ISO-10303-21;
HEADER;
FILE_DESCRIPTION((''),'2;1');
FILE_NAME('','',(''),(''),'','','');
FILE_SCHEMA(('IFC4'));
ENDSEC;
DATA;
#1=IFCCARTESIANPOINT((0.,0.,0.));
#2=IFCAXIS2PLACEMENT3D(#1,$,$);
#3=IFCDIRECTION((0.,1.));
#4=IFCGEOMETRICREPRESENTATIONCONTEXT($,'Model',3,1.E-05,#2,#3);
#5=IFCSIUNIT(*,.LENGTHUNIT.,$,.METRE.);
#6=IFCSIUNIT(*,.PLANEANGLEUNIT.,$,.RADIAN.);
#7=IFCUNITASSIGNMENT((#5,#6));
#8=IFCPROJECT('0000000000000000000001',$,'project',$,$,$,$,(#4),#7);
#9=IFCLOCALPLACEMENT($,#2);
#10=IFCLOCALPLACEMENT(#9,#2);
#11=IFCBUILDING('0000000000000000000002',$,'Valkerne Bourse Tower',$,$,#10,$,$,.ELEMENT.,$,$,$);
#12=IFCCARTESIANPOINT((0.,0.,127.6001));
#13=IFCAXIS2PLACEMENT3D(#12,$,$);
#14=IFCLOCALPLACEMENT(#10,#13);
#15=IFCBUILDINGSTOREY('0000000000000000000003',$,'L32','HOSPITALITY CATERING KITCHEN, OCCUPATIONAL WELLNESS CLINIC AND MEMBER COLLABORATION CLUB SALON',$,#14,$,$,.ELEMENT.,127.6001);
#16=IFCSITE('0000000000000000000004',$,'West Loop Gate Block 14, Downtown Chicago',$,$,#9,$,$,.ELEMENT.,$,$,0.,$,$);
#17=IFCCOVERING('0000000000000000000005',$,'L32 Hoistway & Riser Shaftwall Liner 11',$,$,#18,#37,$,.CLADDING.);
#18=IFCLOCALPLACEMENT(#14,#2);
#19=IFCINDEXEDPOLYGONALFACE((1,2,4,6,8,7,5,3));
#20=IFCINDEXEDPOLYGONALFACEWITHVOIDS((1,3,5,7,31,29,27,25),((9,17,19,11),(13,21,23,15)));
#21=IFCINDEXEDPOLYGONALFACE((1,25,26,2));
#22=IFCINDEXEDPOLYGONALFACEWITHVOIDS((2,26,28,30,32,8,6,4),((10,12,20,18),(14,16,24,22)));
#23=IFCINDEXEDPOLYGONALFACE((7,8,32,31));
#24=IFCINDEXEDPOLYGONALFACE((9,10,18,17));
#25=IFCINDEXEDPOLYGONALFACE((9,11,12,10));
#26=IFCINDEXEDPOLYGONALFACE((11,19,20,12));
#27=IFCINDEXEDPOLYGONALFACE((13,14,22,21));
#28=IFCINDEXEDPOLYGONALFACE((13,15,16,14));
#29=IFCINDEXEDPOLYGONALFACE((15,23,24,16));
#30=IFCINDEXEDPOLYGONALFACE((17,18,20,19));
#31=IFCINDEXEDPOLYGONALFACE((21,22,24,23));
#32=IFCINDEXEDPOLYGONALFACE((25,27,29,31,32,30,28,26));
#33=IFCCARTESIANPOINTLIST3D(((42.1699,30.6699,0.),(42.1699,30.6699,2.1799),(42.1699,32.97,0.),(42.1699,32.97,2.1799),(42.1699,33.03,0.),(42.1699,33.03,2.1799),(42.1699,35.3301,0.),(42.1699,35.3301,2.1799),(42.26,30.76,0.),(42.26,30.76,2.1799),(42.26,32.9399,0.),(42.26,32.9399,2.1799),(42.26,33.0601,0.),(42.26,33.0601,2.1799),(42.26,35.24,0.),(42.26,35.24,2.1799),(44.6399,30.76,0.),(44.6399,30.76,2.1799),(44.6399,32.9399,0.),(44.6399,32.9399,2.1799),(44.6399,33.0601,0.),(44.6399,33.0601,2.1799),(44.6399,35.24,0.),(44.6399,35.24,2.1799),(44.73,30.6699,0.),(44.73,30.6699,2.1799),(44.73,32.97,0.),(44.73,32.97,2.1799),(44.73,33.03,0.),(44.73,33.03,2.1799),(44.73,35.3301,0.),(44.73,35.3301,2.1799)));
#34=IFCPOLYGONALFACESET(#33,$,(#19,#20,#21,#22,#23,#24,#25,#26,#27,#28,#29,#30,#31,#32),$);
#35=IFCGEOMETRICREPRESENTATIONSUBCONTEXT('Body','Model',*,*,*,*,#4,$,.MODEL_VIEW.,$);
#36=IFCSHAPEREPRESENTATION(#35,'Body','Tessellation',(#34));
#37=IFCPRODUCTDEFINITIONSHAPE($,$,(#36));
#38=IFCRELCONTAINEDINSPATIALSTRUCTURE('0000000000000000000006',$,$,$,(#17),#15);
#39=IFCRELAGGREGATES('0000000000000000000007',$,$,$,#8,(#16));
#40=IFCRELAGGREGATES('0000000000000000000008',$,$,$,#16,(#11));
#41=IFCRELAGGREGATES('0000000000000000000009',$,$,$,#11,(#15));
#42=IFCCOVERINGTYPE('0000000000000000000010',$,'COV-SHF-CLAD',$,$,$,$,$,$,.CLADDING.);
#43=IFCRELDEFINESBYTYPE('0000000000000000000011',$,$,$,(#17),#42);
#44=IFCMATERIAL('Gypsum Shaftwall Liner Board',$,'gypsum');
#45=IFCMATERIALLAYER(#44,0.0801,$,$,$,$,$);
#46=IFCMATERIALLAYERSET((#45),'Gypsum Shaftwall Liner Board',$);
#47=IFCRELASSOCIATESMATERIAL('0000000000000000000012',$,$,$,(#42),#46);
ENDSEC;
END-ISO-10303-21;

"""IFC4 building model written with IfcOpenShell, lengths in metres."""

from ifc_helpers import new_model, si_unit, direction, frame, origin, place, context, subcontext, project, spatial, polyline, outline, extrude, material, layer, layer_set, type_object, element, save


model = new_model("IFC4")

# Units and contexts
model_context = context("Model", 3, precision=1e-05, world=origin(), true_north=direction((0.0, 1.0)))
body_context = subcontext(model_context, "Body", "Model", "MODEL_VIEW")
ifc_project = project(units=[si_unit("LENGTHUNIT", "METRE"), si_unit("PLANEANGLEUNIT", "RADIAN")], contexts=[model_context])

# Site, building, storey
site_placement = place(None, origin())
site = spatial("IfcSite", under=ifc_project, at=site_placement, Name="West Loop Gate Block 14, Downtown Chicago", CompositionType="ELEMENT", RefElevation=0.0)
building_placement = place(site_placement, origin())
building = spatial("IfcBuilding", under=site, at=building_placement, Name="Valkerne Bourse Tower", CompositionType="ELEMENT")
storey_placement = place(building_placement, frame((0.0, 0.0, 127.6001)))
storey = spatial("IfcBuildingStorey", under=building, at=storey_placement, Name="L32", Description="HOSPITALITY CATERING KITCHEN, OCCUPATIONAL WELLNESS CLINIC AND MEMBER COLLABORATION CLUB SALON", CompositionType="ELEMENT", Elevation=127.6001)

# Covering
ifc_material_1 = material(Name="Gypsum Shaftwall Liner Board", Category="gypsum")
ifc_layer_1 = layer(ifc_material_1, 0.0801)
ifc_layer_set_1 = layer_set([ifc_layer_1], Name="Gypsum Shaftwall Liner Board")
covering_type_1 = type_object("IfcCoveringType", Name="COV-SHF-CLAD", PredefinedType="CLADDING", material=ifc_layer_set_1)
covering_1_placement = place(storey_placement, origin())
element("IfcCovering", 1, at=covering_1_placement, inside=storey, type_object=covering_type_1, Name="L32 Hoistway & Riser Shaftwall Liner 11", PredefinedType="CLADDING", context=body_context, shape_type="SweptSolid", body=[
    extrude(outline(polyline([(44.73, 35.3301), (44.73, 33.03), (44.73, 32.97), (44.73, 30.6699), (42.1699, 30.6699), (42.1699, 32.97), (42.1699, 33.03), (42.1699, 35.3301), (44.73, 35.3301)]), holes=[polyline([(42.26, 30.76), (44.6399, 30.76), (44.6399, 32.9399), (42.26, 32.9399), (42.26, 30.76)]), polyline([(42.26, 33.0601), (44.6399, 33.0601), (44.6399, 35.24), (42.26, 35.24), (42.26, 33.0601)])]), origin(), (0.0, 0.0, 1.0), 2.1799),
])

save(model, "model.ifc")
